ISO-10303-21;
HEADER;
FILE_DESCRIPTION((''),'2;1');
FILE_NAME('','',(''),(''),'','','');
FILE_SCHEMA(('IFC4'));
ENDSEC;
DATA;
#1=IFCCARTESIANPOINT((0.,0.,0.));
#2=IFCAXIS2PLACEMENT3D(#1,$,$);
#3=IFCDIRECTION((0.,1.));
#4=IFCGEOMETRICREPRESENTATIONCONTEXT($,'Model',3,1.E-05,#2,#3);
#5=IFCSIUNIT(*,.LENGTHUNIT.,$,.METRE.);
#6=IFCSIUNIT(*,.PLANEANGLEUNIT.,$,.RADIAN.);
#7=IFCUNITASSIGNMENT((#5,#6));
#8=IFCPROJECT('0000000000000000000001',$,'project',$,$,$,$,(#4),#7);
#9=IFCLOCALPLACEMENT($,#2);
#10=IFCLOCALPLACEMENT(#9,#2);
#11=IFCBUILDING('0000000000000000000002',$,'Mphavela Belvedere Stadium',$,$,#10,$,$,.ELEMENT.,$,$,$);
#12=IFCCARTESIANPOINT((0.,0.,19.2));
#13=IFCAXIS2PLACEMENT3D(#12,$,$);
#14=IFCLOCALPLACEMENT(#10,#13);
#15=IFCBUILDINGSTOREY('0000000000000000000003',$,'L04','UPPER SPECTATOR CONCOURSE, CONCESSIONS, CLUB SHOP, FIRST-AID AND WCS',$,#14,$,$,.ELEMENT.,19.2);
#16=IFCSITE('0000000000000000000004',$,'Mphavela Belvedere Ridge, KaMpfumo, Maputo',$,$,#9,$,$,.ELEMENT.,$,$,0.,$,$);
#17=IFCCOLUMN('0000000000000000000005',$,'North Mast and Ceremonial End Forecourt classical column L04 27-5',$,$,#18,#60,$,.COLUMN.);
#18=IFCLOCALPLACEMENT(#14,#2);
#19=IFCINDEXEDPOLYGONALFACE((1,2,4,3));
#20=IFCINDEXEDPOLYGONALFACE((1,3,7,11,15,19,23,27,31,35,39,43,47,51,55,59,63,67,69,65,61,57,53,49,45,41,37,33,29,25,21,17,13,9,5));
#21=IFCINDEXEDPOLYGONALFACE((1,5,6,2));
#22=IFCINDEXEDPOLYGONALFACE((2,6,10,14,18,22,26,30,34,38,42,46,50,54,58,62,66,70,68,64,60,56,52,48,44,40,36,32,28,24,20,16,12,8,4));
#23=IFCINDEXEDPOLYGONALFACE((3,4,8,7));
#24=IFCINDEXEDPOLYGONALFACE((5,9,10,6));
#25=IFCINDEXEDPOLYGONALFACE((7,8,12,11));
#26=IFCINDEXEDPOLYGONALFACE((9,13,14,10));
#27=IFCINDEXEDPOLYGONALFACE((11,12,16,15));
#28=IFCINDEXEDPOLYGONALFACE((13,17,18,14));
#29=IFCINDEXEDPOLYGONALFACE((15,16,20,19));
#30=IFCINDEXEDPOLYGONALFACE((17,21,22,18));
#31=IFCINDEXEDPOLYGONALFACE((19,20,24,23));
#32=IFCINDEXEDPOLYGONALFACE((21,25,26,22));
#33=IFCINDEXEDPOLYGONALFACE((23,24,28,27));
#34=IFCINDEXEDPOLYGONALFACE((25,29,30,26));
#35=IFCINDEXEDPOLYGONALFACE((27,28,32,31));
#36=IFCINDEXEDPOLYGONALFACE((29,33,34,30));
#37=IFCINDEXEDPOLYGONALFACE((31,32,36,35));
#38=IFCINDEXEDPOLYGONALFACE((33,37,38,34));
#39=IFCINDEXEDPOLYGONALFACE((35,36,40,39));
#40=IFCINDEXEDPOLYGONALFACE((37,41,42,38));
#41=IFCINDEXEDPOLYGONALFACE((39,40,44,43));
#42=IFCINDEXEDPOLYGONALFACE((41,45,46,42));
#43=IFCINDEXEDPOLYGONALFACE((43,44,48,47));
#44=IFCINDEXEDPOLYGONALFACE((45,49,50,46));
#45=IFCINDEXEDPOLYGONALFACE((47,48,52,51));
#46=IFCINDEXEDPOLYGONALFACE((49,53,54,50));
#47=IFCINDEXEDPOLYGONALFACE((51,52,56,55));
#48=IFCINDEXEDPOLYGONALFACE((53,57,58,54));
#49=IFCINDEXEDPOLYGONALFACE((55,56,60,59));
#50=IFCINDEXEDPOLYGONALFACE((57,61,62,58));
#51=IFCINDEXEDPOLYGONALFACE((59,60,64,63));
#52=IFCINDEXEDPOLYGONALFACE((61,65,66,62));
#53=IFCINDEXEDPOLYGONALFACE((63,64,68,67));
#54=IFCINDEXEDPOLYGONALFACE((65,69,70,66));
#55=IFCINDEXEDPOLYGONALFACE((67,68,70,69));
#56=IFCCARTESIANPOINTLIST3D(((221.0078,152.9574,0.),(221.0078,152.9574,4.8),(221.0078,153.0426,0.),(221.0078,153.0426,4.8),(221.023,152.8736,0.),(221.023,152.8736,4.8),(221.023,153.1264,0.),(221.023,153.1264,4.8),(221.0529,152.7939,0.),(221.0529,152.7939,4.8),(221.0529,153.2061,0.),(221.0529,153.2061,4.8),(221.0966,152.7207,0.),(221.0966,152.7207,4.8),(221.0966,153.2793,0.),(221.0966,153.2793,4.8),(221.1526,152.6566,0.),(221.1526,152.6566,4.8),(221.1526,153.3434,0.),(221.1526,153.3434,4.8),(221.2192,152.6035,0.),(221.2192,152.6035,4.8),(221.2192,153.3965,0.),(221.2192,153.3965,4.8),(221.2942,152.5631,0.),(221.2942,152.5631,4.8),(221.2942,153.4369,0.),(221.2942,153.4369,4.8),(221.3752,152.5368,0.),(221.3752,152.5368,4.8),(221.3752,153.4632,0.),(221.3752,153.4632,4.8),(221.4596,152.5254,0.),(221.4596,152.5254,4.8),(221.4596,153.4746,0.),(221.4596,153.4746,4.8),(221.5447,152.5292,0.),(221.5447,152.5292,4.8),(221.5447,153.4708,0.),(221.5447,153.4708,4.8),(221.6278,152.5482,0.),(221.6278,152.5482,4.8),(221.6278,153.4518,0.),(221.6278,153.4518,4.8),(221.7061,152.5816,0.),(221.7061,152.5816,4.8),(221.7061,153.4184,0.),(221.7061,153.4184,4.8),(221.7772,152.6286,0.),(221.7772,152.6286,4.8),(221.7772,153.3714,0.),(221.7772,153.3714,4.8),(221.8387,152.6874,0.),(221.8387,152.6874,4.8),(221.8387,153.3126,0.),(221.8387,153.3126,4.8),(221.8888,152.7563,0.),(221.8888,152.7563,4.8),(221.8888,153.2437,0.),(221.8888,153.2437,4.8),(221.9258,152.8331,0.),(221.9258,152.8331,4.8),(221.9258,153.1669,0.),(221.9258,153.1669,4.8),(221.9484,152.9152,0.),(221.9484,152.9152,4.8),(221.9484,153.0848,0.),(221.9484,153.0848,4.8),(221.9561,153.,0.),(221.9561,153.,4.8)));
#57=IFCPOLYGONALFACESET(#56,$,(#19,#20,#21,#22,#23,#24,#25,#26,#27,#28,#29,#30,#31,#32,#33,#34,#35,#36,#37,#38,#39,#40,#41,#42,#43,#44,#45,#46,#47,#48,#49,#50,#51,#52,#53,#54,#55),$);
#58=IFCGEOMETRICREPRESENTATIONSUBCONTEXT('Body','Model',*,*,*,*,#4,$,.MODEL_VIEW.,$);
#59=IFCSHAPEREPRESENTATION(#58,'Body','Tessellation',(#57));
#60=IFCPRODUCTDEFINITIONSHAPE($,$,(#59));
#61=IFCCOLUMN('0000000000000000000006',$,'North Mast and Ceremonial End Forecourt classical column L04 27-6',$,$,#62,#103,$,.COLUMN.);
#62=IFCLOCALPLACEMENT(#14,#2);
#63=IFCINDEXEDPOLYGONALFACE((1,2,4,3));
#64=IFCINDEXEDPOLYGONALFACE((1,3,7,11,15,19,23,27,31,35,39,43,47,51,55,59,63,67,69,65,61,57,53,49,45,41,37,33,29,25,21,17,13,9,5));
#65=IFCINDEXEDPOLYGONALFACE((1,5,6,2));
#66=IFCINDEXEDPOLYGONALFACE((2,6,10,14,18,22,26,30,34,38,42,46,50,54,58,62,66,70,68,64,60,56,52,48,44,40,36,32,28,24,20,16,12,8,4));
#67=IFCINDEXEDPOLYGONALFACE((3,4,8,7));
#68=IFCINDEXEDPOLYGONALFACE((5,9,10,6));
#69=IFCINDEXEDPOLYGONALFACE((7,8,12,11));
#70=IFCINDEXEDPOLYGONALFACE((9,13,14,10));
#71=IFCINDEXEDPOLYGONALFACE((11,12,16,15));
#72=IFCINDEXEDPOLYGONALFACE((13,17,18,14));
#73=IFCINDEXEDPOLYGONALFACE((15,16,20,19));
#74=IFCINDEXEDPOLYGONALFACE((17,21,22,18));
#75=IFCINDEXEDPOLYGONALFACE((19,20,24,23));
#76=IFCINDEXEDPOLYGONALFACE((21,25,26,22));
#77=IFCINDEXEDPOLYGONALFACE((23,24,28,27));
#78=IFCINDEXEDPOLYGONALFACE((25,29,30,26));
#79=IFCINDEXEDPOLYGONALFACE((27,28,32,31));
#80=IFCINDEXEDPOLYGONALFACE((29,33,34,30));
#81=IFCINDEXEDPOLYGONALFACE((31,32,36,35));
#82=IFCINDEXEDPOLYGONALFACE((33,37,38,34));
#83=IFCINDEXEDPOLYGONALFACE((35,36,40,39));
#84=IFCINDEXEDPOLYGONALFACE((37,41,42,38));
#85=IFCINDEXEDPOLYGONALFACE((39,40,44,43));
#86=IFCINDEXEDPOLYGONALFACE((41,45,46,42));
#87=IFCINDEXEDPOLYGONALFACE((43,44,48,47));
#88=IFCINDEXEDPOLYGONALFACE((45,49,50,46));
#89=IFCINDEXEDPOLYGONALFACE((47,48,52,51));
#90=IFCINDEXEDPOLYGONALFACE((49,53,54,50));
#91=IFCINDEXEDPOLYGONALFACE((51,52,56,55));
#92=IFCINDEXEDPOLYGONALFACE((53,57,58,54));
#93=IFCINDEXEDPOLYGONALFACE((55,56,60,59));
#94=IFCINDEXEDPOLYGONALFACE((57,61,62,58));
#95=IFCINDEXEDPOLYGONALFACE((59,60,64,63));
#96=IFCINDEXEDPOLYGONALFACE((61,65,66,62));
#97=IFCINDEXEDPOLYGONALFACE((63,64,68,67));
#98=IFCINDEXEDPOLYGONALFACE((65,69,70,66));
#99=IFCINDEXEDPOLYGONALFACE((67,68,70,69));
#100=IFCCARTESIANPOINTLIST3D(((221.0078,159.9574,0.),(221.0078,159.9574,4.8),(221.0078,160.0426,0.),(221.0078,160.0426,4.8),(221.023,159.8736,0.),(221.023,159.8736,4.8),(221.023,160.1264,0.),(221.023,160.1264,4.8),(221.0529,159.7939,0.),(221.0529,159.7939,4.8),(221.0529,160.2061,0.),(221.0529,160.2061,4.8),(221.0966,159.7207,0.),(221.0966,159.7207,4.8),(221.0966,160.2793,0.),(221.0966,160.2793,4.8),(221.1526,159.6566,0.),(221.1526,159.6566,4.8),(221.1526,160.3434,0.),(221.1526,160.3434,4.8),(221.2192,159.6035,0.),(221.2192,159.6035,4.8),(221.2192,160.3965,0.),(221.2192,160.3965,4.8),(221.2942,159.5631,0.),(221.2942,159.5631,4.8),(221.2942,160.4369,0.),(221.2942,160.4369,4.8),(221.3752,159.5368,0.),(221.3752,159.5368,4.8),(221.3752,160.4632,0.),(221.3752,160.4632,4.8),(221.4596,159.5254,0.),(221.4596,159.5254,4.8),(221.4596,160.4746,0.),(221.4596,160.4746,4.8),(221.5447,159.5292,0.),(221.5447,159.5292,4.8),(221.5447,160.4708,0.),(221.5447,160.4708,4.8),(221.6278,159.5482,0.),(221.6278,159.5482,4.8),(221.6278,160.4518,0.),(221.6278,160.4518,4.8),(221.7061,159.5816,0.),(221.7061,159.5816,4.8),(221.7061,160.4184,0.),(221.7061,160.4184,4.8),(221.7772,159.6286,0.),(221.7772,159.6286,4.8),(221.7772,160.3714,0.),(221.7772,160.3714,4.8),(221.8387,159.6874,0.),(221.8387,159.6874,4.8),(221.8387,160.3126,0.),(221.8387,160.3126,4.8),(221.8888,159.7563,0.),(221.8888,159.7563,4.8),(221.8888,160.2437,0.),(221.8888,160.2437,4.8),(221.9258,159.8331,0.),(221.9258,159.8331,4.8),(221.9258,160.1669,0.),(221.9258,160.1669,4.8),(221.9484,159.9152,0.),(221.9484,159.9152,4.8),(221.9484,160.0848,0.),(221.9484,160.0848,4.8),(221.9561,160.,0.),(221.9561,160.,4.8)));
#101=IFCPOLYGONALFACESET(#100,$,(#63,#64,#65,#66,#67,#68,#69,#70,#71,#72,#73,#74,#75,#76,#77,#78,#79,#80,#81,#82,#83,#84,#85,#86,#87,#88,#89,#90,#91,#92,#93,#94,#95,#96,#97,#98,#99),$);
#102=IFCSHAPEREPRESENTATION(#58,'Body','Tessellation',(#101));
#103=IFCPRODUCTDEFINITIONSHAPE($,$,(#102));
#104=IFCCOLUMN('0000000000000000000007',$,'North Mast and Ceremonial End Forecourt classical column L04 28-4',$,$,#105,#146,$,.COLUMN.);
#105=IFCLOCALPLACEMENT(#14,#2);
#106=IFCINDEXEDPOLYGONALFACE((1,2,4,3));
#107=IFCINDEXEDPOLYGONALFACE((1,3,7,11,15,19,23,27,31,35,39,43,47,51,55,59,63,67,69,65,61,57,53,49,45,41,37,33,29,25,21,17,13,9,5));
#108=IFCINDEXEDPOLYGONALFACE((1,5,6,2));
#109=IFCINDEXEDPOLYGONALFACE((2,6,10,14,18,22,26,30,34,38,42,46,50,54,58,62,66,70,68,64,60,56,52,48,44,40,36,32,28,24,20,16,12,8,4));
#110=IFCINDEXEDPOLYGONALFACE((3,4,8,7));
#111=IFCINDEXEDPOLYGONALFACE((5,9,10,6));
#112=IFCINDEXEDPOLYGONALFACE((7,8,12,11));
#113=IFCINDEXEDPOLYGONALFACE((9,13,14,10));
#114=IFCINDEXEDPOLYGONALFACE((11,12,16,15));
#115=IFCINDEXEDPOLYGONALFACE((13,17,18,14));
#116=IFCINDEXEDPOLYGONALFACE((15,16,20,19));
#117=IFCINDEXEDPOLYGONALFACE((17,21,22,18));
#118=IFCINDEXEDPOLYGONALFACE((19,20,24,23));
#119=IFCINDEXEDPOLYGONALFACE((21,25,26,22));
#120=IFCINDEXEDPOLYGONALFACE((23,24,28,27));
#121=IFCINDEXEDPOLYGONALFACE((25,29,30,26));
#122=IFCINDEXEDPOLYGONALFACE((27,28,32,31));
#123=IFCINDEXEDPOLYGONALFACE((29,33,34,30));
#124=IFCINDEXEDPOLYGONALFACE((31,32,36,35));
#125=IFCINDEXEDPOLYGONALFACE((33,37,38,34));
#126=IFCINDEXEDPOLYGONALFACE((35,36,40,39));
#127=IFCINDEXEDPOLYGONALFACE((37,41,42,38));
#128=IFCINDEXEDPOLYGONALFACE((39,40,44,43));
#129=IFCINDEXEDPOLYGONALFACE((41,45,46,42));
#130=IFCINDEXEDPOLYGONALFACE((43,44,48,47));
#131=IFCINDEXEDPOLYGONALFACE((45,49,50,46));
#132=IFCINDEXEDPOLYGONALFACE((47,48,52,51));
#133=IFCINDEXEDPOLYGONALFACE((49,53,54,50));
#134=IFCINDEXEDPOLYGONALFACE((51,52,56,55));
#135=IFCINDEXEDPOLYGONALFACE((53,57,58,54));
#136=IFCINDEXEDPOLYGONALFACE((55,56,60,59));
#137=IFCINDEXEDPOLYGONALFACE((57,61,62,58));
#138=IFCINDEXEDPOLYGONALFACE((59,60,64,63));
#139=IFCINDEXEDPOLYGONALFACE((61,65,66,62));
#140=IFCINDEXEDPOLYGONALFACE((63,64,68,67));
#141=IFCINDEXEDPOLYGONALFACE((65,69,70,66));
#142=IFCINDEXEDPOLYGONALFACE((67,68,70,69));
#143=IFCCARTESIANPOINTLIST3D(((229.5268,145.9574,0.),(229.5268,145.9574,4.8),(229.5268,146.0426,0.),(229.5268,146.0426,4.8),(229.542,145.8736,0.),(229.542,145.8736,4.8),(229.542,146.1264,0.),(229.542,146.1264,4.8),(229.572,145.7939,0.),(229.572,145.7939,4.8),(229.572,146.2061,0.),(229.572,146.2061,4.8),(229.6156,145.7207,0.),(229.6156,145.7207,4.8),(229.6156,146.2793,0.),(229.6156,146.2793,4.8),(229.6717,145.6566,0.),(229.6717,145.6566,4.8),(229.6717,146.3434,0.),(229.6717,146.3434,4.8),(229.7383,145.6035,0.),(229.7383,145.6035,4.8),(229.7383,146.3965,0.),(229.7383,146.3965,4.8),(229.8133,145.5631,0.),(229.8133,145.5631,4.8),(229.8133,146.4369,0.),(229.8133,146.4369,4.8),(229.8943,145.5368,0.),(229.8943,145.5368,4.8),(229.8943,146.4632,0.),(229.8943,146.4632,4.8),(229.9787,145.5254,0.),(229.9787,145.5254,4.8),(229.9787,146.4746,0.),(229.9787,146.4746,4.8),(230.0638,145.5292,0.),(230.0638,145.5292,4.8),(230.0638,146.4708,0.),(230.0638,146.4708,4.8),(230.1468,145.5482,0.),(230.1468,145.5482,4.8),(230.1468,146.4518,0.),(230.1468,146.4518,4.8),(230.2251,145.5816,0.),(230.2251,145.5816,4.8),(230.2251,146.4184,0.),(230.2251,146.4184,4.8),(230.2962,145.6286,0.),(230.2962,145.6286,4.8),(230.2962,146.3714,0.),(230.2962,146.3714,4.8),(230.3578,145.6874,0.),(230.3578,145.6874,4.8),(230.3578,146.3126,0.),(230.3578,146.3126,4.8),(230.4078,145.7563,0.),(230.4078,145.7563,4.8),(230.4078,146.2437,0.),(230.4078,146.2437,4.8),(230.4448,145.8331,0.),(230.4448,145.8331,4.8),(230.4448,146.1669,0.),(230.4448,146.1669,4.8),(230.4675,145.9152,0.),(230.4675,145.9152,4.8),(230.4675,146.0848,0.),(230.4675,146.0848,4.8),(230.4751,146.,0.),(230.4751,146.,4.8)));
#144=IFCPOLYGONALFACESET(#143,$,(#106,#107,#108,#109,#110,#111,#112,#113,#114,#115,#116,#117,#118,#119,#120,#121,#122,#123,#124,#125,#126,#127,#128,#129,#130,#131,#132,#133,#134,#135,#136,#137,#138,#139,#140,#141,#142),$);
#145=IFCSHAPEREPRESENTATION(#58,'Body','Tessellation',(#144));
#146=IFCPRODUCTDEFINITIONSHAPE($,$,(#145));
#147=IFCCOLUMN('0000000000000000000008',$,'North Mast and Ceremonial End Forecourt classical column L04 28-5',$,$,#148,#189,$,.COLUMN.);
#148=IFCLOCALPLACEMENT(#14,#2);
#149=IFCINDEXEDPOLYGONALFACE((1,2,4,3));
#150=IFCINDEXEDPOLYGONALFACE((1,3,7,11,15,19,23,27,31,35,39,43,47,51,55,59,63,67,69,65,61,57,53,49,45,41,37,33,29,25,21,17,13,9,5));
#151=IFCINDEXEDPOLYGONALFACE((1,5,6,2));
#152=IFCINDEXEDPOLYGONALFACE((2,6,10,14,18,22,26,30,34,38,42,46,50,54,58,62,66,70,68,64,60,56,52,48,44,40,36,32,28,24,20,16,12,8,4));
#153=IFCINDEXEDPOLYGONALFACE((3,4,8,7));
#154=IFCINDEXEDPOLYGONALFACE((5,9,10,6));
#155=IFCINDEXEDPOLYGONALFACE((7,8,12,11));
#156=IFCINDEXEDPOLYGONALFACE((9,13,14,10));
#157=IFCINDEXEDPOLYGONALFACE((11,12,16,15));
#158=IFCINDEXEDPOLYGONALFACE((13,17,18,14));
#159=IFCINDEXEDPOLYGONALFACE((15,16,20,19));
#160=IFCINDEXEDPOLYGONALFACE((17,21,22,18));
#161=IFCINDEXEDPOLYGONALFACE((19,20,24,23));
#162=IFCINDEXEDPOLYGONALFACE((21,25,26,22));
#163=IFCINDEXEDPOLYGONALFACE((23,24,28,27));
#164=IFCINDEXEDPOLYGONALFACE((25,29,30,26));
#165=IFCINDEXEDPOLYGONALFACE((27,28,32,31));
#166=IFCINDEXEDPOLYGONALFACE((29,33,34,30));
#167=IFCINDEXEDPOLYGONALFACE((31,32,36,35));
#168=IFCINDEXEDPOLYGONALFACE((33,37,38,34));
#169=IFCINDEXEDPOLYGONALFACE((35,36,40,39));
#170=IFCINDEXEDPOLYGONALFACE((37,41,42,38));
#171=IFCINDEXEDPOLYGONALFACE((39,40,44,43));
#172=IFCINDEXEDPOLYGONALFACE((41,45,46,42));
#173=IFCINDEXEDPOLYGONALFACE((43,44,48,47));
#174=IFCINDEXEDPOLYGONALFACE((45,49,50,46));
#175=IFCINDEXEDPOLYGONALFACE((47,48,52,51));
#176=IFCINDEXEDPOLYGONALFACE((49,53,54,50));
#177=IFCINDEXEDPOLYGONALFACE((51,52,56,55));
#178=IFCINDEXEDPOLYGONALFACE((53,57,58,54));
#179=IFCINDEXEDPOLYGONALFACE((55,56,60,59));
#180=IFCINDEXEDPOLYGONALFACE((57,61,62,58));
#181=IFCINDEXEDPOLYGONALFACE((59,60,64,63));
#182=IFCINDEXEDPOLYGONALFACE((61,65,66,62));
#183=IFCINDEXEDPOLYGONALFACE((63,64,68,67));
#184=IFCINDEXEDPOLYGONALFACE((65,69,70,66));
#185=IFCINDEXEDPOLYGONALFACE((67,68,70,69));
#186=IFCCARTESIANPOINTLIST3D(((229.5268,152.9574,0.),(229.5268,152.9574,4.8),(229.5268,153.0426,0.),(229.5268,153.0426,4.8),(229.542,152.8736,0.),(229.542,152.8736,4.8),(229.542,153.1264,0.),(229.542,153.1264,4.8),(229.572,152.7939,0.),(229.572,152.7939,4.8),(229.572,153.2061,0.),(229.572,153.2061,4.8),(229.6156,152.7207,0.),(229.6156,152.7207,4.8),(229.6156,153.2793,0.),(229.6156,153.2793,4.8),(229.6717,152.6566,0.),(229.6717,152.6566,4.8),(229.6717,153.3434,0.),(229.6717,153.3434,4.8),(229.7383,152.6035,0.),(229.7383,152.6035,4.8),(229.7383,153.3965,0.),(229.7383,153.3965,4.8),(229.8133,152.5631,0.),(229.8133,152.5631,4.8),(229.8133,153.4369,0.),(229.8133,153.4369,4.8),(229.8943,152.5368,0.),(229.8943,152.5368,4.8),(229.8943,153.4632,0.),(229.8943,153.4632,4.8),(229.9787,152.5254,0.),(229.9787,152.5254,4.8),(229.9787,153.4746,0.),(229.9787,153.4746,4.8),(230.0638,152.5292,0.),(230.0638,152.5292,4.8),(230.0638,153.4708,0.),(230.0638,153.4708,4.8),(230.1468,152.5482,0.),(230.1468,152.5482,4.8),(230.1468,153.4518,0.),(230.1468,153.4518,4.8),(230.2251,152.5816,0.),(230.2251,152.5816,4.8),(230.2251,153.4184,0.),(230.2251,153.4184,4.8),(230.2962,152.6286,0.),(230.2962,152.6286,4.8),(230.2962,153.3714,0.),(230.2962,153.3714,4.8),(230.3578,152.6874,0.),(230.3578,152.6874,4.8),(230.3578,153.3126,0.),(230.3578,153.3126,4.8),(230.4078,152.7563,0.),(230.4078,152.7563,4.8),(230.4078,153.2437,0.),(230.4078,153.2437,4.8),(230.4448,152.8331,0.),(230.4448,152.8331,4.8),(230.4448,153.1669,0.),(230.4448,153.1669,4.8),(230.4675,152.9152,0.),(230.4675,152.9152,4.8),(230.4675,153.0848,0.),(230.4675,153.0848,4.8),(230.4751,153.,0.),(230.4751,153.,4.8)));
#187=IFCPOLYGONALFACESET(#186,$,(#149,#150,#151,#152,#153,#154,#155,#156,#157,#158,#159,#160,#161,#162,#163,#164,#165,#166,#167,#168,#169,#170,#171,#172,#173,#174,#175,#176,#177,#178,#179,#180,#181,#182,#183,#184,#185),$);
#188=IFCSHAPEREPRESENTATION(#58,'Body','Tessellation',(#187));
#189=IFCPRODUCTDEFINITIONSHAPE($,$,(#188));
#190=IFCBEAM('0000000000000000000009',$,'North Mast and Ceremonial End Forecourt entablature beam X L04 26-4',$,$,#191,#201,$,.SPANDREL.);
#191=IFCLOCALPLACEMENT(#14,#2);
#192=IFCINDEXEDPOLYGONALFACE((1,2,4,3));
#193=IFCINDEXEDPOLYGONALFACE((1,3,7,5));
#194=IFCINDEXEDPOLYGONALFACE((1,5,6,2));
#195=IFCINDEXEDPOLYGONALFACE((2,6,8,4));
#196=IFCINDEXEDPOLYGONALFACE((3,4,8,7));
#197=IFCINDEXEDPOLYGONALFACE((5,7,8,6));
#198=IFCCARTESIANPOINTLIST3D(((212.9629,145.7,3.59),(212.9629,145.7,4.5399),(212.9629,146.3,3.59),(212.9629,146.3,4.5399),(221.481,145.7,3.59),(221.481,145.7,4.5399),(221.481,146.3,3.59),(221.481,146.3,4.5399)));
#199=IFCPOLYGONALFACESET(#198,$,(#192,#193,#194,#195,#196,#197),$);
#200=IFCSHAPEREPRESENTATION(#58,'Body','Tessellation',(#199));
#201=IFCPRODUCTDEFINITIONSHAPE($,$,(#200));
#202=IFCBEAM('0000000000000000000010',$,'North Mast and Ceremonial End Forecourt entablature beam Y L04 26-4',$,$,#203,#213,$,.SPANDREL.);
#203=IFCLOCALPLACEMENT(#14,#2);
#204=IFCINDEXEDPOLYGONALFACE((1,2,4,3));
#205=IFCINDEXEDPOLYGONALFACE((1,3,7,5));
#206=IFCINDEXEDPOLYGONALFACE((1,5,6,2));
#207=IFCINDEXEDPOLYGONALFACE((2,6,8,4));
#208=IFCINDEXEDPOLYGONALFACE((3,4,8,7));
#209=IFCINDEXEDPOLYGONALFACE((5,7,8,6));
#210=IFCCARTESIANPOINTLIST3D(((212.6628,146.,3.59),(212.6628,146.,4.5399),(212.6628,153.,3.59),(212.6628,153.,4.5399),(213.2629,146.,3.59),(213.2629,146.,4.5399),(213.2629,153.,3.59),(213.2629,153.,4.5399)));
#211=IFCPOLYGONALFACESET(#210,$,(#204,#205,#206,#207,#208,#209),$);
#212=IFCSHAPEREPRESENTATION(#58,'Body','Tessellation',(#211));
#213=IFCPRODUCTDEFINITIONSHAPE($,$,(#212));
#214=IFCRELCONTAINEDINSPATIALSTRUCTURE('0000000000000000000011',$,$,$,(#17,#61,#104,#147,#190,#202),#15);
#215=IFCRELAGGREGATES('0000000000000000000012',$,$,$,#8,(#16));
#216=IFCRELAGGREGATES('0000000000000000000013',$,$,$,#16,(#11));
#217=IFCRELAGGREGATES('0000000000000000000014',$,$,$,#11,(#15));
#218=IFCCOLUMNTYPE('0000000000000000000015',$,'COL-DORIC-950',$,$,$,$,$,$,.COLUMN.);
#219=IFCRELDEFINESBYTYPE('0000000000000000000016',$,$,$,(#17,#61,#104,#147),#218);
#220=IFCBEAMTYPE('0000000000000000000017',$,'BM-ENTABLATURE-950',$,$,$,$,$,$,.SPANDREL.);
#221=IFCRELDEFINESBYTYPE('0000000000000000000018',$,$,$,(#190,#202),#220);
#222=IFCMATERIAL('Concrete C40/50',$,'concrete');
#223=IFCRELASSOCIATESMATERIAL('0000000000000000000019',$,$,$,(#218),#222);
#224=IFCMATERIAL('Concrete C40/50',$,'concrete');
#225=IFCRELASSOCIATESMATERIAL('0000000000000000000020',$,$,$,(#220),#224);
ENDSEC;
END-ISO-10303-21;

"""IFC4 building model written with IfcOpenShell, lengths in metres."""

from ifc_helpers import new_model, si_unit, direction, frame, origin, origin_2d, place, context, subcontext, project, spatial, rectangle, circle, extrude, material, material_profile, profile_set, type_object, element, save


model = new_model("IFC4")

# Units and contexts
model_context = context("Model", 3, precision=1e-05, world=origin(), true_north=direction((0.0, 1.0)))
body_context = subcontext(model_context, "Body", "Model", "MODEL_VIEW")
ifc_project = project(units=[si_unit("LENGTHUNIT", "METRE"), si_unit("PLANEANGLEUNIT", "RADIAN")], contexts=[model_context])

# Site, building, storey
site_placement = place(None, origin())
site = spatial("IfcSite", under=ifc_project, at=site_placement, Name="Mphavela Belvedere Ridge, KaMpfumo, Maputo", CompositionType="ELEMENT", RefElevation=0.0)
building_placement = place(site_placement, origin())
building = spatial("IfcBuilding", under=site, at=building_placement, Name="Mphavela Belvedere Stadium", CompositionType="ELEMENT")
storey_placement = place(building_placement, frame((0.0, 0.0, 19.2)))
storey = spatial("IfcBuildingStorey", under=building, at=storey_placement, Name="L04", Description="UPPER SPECTATOR CONCOURSE, CONCESSIONS, CLUB SHOP, FIRST-AID AND WCS", CompositionType="ELEMENT", Elevation=19.2)

# Columns
ifc_material_1 = material(Name="Concrete C40/50", Category="concrete")
ifc_material_profile_1 = material_profile(ifc_material_1, circle(Radius=0.4751, at=origin_2d()), Name="COL D950")
ifc_profile_set_1 = profile_set([ifc_material_profile_1], Name="Concrete C40/50")
column_type = type_object("IfcColumnType", Name="COL-DORIC-950", PredefinedType="COLUMN", material=ifc_profile_set_1)
for number, where, z_axis, x_axis, name in (
    (1, (221.481, 153.0, 0.0), (0.0, 0.0, 1.0), (1.0, 0.0, 0.0), "North Mast and Ceremonial End Forecourt classical column L04 27-5"),
    (2, (221.481, 160.0, 0.0), (0.0, 0.0, 1.0), (1.0, 0.0, 0.0), "North Mast and Ceremonial End Forecourt classical column L04 27-6"),
    (3, (230.0, 146.0, 0.0), (0.0, 0.0, 1.0), (1.0, 0.0, 0.0), "North Mast and Ceremonial End Forecourt classical column L04 28-4"),
    (4, (230.0, 153.0, 0.0), (0.0, 0.0, 1.0), (1.0, 0.0, 0.0), "North Mast and Ceremonial End Forecourt classical column L04 28-5"),
):
    element("IfcColumn", number, at=place(storey_placement, frame(where, z_axis=z_axis, x_axis=x_axis)), inside=storey, type_object=column_type, Name=name, PredefinedType="COLUMN", context=body_context, shape_type="SweptSolid", body=[
        extrude(circle(Radius=0.4751, at=origin_2d()), origin(), (0.0, 0.0, 1.0), 4.8),
    ])

# Beams
ifc_material_2 = material(Name="Concrete C40/50", Category="concrete")
ifc_material_profile_2 = material_profile(ifc_material_2, rectangle(XDim=0.6001, YDim=0.95, at=origin_2d()), Name="RC 600x950")
ifc_profile_set_2 = profile_set([ifc_material_profile_2], Name="Concrete C40/50")
beam_type_1 = type_object("IfcBeamType", Name="BM-ENTABLATURE-950", PredefinedType="SPANDREL", material=ifc_profile_set_2)
beam_1_placement = place(storey_placement, frame((212.9629, 146.0, 4.0649), z_axis=(1.0, 0.0, 0.0), x_axis=(0.0, 1.0, 0.0)))
element("IfcBeam", 5, at=beam_1_placement, inside=storey, type_object=beam_type_1, Name="North Mast and Ceremonial End Forecourt entablature beam X L04 26-4", PredefinedType="SPANDREL", context=body_context, shape_type="SweptSolid", body=[
    extrude(rectangle(XDim=0.6001, YDim=0.95, at=origin_2d()), origin(), (0.0, 0.0, 1.0), 8.5181),
])
beam_2_placement = place(storey_placement, frame((212.9629, 146.0, 4.0649), z_axis=(0.0, 1.0, 0.0), x_axis=(-1.0, 0.0, 0.0)))
element("IfcBeam", 6, at=beam_2_placement, inside=storey, type_object=beam_type_1, Name="North Mast and Ceremonial End Forecourt entablature beam Y L04 26-4", PredefinedType="SPANDREL", context=body_context, shape_type="SweptSolid", body=[
    extrude(rectangle(XDim=0.6001, YDim=0.95, at=origin_2d()), origin(), (0.0, 0.0, 1.0), 7.0),
])

save(model, "model.ifc")
